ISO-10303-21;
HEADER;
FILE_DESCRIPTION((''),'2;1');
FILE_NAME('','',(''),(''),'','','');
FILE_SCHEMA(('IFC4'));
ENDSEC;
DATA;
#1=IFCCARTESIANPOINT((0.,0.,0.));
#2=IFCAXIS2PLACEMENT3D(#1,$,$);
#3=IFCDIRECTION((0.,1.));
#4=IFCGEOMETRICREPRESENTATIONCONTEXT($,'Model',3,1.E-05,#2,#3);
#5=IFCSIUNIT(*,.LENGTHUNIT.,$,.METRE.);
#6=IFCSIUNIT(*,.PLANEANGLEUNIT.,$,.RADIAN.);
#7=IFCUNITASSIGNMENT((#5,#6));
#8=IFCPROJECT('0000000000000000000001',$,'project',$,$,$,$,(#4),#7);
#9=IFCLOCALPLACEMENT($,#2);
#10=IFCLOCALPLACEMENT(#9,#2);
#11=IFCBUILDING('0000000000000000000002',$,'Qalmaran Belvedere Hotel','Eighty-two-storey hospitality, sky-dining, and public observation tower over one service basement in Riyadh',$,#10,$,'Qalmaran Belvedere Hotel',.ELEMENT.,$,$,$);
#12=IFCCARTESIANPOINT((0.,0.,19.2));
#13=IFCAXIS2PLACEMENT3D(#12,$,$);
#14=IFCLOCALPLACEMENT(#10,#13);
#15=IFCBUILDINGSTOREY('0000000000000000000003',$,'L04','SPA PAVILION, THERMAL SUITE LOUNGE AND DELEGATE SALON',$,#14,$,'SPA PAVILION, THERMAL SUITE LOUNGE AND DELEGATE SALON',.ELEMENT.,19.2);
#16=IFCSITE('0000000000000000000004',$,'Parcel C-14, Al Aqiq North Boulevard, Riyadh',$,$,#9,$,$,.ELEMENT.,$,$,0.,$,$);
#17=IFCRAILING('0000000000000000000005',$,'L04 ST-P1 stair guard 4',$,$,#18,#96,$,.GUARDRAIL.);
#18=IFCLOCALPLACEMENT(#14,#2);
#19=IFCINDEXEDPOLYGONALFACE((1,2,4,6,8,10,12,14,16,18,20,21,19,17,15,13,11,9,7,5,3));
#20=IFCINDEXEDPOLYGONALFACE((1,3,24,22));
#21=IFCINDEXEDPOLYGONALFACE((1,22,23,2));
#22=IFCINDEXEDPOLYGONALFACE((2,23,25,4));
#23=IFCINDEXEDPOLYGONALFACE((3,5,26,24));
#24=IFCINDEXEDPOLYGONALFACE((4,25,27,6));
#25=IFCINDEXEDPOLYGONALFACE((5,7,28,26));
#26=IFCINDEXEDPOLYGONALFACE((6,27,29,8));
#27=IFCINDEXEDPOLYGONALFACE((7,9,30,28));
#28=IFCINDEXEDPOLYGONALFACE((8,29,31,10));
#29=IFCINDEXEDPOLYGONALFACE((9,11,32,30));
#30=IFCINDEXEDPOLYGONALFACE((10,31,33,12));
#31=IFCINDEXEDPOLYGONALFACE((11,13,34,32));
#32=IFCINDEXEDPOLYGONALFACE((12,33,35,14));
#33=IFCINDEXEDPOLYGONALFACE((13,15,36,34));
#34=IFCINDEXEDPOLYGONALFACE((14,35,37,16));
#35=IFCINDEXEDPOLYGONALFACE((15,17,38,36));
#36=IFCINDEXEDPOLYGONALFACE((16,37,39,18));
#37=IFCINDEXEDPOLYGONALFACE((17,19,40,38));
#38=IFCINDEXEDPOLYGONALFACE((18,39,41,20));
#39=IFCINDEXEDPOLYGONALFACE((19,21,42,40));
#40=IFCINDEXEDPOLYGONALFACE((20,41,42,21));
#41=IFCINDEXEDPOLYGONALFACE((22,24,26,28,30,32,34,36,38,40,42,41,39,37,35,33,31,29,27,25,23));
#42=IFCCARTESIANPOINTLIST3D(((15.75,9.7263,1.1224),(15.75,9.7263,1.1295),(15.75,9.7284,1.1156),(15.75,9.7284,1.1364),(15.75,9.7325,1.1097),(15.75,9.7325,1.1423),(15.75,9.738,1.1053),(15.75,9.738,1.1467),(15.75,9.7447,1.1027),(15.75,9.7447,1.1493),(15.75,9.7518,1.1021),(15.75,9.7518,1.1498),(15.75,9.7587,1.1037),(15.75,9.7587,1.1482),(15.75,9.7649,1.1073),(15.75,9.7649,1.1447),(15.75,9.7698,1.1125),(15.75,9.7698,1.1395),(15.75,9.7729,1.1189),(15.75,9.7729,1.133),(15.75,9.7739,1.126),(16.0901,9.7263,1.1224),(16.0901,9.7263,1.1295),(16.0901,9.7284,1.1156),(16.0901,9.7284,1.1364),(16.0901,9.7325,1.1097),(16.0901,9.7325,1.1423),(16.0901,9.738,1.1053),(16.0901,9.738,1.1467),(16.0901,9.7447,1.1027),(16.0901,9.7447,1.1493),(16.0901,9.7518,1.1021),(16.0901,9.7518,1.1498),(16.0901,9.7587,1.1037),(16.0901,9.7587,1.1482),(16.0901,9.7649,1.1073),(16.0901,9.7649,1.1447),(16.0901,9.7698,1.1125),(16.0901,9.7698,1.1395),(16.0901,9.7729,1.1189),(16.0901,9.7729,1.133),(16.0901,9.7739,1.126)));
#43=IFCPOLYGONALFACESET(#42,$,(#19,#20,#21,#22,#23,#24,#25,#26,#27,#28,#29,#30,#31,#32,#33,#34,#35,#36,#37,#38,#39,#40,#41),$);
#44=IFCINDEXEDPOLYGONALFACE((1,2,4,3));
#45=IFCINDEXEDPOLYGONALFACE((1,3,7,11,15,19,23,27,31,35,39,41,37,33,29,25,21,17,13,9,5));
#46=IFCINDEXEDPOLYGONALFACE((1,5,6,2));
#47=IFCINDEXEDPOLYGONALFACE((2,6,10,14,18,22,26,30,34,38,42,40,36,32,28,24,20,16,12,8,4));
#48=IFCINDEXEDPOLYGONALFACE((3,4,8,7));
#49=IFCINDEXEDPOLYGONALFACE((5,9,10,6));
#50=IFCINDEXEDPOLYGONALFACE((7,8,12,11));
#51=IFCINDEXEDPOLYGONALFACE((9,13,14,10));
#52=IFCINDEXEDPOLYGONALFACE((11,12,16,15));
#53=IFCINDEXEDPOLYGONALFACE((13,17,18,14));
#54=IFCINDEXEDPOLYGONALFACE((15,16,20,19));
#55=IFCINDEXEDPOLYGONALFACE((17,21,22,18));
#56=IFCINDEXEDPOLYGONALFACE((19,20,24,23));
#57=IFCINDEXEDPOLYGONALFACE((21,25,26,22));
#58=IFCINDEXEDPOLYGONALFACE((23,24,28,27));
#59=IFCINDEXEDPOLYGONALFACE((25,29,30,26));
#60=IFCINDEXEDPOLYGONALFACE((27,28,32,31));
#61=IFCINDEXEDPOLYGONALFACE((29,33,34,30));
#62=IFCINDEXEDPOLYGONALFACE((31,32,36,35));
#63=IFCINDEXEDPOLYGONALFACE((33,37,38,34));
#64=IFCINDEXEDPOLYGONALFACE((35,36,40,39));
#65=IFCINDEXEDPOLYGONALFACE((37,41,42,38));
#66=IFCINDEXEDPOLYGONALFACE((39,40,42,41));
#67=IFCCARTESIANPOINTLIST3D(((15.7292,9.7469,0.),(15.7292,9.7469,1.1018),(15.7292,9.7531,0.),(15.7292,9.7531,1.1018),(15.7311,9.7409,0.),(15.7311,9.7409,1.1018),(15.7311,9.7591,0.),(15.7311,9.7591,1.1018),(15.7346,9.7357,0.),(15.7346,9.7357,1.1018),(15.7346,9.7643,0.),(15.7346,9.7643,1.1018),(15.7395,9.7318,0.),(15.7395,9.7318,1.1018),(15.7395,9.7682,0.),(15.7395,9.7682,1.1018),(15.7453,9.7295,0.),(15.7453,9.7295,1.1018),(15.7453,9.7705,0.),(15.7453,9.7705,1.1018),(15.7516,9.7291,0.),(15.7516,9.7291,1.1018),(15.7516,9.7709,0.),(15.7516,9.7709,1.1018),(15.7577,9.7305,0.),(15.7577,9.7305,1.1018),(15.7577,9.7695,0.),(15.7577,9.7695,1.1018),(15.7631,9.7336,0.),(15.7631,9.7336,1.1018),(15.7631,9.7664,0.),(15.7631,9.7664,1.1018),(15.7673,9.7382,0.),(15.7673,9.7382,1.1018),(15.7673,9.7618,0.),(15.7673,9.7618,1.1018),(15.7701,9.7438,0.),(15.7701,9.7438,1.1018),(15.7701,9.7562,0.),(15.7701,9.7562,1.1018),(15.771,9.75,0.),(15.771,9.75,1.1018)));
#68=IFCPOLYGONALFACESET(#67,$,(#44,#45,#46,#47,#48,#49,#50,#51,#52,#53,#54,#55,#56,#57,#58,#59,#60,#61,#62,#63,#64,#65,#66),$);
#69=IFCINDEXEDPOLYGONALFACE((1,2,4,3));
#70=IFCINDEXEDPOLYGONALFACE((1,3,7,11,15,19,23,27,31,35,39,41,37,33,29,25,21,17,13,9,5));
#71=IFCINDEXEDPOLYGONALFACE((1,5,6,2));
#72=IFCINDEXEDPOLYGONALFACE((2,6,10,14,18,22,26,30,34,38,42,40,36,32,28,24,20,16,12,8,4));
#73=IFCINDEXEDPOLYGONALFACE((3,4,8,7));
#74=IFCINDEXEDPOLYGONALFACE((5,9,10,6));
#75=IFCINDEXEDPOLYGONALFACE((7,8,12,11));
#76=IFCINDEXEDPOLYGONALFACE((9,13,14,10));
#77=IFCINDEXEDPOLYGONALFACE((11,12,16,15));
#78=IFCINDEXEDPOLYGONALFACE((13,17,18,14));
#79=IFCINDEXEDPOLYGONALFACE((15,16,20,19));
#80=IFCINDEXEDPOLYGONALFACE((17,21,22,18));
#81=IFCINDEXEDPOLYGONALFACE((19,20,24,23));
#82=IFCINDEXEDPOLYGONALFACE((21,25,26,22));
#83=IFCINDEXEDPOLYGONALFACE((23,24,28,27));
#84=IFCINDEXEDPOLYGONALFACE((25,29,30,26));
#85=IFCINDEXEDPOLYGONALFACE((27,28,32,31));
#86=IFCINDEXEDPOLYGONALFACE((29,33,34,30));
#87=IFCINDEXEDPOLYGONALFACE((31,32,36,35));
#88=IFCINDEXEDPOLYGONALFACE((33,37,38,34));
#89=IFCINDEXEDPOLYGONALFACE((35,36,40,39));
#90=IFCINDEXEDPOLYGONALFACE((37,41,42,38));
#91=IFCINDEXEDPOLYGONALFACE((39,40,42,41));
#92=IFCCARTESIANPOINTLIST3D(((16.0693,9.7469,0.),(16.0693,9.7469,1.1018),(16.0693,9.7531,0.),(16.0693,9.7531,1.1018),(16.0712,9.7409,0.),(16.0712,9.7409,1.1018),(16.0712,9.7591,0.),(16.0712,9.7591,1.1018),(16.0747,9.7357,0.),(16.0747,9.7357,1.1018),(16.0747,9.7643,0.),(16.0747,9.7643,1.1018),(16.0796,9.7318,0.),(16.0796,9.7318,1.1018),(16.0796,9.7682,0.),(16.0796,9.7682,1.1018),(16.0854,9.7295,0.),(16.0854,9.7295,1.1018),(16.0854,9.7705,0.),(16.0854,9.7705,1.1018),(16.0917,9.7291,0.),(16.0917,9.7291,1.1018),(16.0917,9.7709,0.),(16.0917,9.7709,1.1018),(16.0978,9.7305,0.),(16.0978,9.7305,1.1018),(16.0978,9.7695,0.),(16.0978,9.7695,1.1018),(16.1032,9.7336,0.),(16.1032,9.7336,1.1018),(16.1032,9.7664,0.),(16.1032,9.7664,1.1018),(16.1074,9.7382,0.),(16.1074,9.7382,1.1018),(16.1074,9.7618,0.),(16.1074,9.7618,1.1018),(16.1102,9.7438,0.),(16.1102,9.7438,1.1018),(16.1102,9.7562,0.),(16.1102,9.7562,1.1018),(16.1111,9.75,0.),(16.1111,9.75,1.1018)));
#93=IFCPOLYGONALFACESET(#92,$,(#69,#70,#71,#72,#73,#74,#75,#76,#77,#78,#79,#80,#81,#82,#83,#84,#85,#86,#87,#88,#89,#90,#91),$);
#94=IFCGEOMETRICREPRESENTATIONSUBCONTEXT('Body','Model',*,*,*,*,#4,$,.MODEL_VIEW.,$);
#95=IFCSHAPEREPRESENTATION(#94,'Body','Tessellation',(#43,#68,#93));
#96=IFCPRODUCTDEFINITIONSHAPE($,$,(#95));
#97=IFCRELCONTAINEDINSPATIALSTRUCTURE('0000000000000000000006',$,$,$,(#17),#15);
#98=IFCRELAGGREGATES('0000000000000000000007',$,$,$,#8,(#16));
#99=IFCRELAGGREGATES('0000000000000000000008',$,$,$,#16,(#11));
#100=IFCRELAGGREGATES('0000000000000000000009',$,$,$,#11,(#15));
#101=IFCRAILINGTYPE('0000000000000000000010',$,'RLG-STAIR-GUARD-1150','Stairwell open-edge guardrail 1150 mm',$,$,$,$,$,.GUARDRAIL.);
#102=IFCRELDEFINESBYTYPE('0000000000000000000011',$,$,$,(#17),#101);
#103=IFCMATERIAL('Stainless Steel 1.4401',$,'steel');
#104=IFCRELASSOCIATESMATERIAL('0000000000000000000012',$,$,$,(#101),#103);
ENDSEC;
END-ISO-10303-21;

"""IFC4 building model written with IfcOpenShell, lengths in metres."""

from ifc_helpers import new_model, si_unit, direction, frame, origin, origin_2d, place, context, subcontext, project, spatial, circle, extrude, material, type_object, element, save


model = new_model("IFC4")

# Units and contexts
model_context = context("Model", 3, precision=1e-05, world=origin(), true_north=direction((0.0, 1.0)))
body_context = subcontext(model_context, "Body", "Model", "MODEL_VIEW")
ifc_project = project(units=[si_unit("LENGTHUNIT", "METRE"), si_unit("PLANEANGLEUNIT", "RADIAN")], contexts=[model_context])

# Site, building, storey
site_placement = place(None, origin())
site = spatial("IfcSite", under=ifc_project, at=site_placement, Name="Parcel C-14, Al Aqiq North Boulevard, Riyadh", CompositionType="ELEMENT", RefElevation=0.0)
building_placement = place(site_placement, origin())
building = spatial("IfcBuilding", under=site, at=building_placement, Name="Qalmaran Belvedere Hotel", Description="Eighty-two-storey hospitality, sky-dining, and public observation tower over one service basement in Riyadh", LongName="Qalmaran Belvedere Hotel", CompositionType="ELEMENT")
storey_placement = place(building_placement, frame((0.0, 0.0, 19.2)))
storey = spatial("IfcBuildingStorey", under=building, at=storey_placement, Name="L04", Description="SPA PAVILION, THERMAL SUITE LOUNGE AND DELEGATE SALON", LongName="SPA PAVILION, THERMAL SUITE LOUNGE AND DELEGATE SALON", CompositionType="ELEMENT", Elevation=19.2)

# Railing
ifc_material_1 = material(Name="Stainless Steel 1.4401", Category="steel")
railing_type_1 = type_object("IfcRailingType", Name="RLG-STAIR-GUARD-1150", Description="Stairwell open-edge guardrail 1150 mm", PredefinedType="GUARDRAIL", material=ifc_material_1)
railing_1_placement = place(storey_placement, frame((15.75, 9.75, 0.0)))
element("IfcRailing", 1, at=railing_1_placement, inside=storey, type_object=railing_type_1, Name="L04 ST-P1 stair guard 4", PredefinedType="GUARDRAIL", context=body_context, shape_type="SweptSolid", body=[
    extrude(circle(Radius=0.0239, at=origin_2d()), frame((0.0, 0.0, 1.126), z_axis=(1.0, 0.0, 0.0), x_axis=(0.0, 1.0, 0.0)), (0.0, 0.0, 1.0), 0.3401),
    extrude(circle(Radius=0.021, at=origin_2d()), origin(), (0.0, 0.0, 1.0), 1.1018),
    extrude(circle(Radius=0.021, at=origin_2d()), frame((0.3401, 0.0, 0.0)), (0.0, 0.0, 1.0), 1.1018),
])

save(model, "model.ifc")
